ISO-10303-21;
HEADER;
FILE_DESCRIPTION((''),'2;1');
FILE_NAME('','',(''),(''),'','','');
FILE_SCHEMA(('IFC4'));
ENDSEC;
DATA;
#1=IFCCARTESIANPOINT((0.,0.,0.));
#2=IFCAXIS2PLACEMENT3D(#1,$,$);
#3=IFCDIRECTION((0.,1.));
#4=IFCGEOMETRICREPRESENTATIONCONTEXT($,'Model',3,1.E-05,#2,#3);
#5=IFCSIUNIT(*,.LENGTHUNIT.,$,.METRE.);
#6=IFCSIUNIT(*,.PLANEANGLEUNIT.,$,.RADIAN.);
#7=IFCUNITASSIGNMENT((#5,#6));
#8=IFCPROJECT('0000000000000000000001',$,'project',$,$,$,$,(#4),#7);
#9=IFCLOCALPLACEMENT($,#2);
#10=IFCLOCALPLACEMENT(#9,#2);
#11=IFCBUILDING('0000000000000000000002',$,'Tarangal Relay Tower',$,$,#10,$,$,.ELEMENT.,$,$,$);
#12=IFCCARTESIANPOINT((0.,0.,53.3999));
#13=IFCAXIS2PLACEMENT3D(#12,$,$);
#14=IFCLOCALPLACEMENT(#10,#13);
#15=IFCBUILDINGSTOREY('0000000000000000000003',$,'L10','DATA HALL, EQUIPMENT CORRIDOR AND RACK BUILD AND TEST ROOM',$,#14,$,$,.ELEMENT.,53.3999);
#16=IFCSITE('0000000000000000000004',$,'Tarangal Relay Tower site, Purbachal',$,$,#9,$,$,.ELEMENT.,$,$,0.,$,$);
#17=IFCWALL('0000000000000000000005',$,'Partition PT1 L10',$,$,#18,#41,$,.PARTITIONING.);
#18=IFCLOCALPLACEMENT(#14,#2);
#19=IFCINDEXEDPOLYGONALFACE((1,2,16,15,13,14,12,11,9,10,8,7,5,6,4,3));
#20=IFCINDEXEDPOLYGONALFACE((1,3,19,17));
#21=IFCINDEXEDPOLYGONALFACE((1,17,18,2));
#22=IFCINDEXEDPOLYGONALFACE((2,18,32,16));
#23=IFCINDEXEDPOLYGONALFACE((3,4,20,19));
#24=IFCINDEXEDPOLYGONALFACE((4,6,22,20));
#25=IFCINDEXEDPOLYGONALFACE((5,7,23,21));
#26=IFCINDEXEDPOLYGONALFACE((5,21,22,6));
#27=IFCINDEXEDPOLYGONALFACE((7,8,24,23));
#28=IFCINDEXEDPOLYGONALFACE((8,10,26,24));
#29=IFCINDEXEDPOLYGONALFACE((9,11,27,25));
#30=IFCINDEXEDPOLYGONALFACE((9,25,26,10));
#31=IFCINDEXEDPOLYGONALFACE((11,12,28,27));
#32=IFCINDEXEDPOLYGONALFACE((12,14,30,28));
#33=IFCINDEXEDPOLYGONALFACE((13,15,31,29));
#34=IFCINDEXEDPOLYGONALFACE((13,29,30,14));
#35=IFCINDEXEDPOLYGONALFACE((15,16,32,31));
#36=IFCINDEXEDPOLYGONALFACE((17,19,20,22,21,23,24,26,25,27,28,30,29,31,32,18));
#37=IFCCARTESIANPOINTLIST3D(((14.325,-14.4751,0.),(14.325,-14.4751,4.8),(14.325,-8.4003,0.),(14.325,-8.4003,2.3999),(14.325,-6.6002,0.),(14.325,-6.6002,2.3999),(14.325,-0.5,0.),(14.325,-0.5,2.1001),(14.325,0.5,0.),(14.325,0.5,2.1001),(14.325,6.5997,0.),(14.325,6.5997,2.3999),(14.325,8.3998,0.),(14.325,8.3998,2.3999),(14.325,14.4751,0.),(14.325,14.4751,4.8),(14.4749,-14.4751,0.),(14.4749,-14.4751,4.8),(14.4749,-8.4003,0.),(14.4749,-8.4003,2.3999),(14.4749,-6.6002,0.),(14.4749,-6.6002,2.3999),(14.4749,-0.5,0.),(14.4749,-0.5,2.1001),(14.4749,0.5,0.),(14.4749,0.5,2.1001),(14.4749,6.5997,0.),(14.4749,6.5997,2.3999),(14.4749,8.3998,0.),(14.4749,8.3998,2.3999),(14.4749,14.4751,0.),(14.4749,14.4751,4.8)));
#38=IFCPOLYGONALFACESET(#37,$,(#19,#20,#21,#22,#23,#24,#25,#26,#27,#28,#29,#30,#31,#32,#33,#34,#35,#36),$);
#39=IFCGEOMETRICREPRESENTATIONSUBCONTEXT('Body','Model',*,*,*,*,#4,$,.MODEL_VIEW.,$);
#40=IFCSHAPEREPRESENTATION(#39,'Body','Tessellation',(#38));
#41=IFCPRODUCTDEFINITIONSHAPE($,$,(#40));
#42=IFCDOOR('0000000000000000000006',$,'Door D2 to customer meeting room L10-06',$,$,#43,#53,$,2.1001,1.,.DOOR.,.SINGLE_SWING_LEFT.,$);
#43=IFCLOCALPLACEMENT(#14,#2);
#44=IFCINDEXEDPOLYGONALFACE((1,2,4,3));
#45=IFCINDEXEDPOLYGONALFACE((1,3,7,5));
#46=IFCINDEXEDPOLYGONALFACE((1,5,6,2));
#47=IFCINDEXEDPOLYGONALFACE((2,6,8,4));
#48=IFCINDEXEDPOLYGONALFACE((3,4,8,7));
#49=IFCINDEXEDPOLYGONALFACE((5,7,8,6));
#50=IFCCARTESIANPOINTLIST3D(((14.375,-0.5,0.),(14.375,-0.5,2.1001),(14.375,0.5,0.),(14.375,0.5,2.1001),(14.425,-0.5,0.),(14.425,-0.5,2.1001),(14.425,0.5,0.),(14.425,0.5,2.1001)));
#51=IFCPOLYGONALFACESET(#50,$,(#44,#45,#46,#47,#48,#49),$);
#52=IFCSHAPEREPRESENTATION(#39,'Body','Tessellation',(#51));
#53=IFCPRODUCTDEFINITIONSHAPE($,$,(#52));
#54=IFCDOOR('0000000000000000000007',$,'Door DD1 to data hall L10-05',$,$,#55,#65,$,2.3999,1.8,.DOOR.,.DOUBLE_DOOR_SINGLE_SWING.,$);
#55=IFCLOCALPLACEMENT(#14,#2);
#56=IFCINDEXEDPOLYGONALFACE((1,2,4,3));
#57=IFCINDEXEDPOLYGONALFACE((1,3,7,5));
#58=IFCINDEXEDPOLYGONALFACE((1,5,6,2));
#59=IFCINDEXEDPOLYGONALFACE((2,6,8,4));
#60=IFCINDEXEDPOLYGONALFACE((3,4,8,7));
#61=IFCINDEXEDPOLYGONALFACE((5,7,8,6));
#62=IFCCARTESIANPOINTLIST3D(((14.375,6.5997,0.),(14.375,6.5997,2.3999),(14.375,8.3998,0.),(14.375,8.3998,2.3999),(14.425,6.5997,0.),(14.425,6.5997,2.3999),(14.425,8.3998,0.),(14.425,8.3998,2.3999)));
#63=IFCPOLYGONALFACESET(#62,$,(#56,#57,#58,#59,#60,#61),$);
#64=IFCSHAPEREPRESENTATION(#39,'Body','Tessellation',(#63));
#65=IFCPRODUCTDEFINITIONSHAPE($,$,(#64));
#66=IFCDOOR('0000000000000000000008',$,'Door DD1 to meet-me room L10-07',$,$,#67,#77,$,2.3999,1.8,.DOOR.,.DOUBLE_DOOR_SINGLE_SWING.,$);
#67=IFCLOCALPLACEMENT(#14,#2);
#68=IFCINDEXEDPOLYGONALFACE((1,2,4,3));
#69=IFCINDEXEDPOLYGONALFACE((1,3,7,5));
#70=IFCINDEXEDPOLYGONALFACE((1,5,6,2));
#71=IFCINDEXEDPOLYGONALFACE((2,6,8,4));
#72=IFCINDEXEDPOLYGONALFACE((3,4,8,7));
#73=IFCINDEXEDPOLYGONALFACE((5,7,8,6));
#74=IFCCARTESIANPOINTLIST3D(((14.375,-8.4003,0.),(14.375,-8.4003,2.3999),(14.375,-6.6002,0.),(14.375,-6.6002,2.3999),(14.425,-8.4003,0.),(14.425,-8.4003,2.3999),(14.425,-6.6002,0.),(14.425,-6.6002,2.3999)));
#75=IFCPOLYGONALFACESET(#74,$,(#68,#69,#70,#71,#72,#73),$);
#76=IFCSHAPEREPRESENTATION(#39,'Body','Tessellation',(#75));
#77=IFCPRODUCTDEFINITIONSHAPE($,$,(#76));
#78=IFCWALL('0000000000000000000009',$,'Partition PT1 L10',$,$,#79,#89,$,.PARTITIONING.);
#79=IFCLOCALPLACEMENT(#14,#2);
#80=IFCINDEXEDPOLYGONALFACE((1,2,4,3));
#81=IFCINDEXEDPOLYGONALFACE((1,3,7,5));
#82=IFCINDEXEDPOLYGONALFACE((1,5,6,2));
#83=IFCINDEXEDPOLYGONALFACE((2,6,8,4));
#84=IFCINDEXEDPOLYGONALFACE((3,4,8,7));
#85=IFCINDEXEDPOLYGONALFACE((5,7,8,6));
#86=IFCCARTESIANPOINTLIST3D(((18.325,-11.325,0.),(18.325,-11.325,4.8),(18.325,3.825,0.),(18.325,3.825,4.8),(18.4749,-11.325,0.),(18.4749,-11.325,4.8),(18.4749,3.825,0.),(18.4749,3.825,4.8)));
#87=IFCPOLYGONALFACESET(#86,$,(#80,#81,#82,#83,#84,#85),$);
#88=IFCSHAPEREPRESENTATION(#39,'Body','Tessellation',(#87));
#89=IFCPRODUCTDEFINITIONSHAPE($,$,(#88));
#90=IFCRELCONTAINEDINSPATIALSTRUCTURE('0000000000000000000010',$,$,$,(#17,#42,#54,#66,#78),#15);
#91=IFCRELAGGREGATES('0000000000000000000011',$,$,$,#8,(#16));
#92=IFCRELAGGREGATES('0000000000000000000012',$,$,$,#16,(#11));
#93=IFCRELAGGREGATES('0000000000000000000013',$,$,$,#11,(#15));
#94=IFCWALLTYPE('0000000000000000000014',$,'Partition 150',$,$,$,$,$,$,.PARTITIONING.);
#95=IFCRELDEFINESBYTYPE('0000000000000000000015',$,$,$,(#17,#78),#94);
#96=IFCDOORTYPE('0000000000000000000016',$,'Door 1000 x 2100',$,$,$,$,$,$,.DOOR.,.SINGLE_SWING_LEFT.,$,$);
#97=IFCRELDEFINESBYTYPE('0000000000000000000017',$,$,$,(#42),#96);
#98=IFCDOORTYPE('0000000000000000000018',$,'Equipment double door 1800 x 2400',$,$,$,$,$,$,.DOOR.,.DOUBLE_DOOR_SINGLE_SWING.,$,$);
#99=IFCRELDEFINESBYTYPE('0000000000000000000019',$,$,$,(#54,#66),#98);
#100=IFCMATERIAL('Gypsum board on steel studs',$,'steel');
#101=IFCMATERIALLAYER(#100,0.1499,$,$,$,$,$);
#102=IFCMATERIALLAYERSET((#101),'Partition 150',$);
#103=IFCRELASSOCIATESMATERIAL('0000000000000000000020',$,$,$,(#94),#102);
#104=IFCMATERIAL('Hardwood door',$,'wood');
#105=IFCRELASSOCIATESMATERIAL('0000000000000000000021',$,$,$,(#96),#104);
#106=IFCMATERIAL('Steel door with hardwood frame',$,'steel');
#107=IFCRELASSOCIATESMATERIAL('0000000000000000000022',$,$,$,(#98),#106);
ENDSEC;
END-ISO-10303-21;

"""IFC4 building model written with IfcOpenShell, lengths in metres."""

from ifc_helpers import new_model, si_unit, direction, frame, frame_2d, origin, place, context, subcontext, project, spatial, rectangle, extrude, material, layer, layer_set, type_object, element, fill, save


model = new_model("IFC4")

# Units and contexts
model_context = context("Model", 3, precision=1e-05, world=origin(), true_north=direction((0.0, 1.0)))
body_context = subcontext(model_context, "Body", "Model", "MODEL_VIEW")
ifc_project = project(units=[si_unit("LENGTHUNIT", "METRE"), si_unit("PLANEANGLEUNIT", "RADIAN")], contexts=[model_context])

# Site, building, storey
site_placement = place(None, origin())
site = spatial("IfcSite", under=ifc_project, at=site_placement, Name="Tarangal Relay Tower site, Purbachal", CompositionType="ELEMENT", RefElevation=0.0)
building_placement = place(site_placement, origin())
building = spatial("IfcBuilding", under=site, at=building_placement, Name="Tarangal Relay Tower", CompositionType="ELEMENT")
storey_placement = place(building_placement, frame((0.0, 0.0, 53.3999)))
storey = spatial("IfcBuildingStorey", under=building, at=storey_placement, Name="L10", Description="DATA HALL, EQUIPMENT CORRIDOR AND RACK BUILD AND TEST ROOM", CompositionType="ELEMENT", Elevation=53.3999)

# Shared definitions
ifc_material_1 = material(Name="Hardwood door", Category="wood")

# Shared definitions
ifc_material_2 = material(Name="Steel door with hardwood frame", Category="steel")

# Shared definitions
ifc_material_3 = material(Name="Gypsum board on steel studs", Category="steel")
ifc_layer_1 = layer(ifc_material_3, 0.1499)
ifc_layer_set_1 = layer_set([ifc_layer_1], Name="Partition 150")
wall_type_1 = type_object("IfcWallType", Name="Partition 150", PredefinedType="PARTITIONING", material=ifc_layer_set_1)

# Wall, openings, doors
wall_1_placement = place(storey_placement, frame((14.3999, -14.4751, 0.0), z_axis=(0.0, 0.0, 1.0), x_axis=(0.0, 1.0, 0.0)))
wall_1 = element("IfcWall", 1, at=wall_1_placement, inside=storey, type_object=wall_type_1, Name="Partition PT1 L10", PredefinedType="PARTITIONING", context=body_context, shape_type="SweptSolid", body=[
    extrude(rectangle(XDim=28.9502, YDim=0.1499, at=frame_2d((14.4751, 0.0))), origin(), (0.0, 0.0, 1.0), 4.8),
])
opening_1_placement = place(wall_1_placement, frame((21.075, 0.0, 0.0)))
opening_1 = element("IfcOpeningElement", 2, at=opening_1_placement, cuts=wall_1, PredefinedType="OPENING", context=body_context, shape_type="SweptSolid", body=[
    extrude(rectangle(XDim=1.8, YDim=2.3999, at=frame_2d((0.8999, 1.2))), frame((0.0, 0.085, 0.0), z_axis=(0.0, -1.0, 0.0), x_axis=(1.0, 0.0, 0.0)), (0.0, 0.0, 1.0), 0.1699),
])
opening_2_placement = place(wall_1_placement, frame((13.9751, 0.0, 0.0)))
opening_2 = element("IfcOpeningElement", 3, at=opening_2_placement, cuts=wall_1, PredefinedType="OPENING", context=body_context, shape_type="SweptSolid", body=[
    extrude(rectangle(XDim=1.0, YDim=2.1001, at=frame_2d((0.5, 1.05))), frame((0.0, 0.085, 0.0), z_axis=(0.0, -1.0, 0.0), x_axis=(1.0, 0.0, 0.0)), (0.0, 0.0, 1.0), 0.1699),
])
opening_3_placement = place(wall_1_placement, frame((6.075, 0.0, 0.0)))
opening_3 = element("IfcOpeningElement", 4, at=opening_3_placement, cuts=wall_1, PredefinedType="OPENING", context=body_context, shape_type="SweptSolid", body=[
    extrude(rectangle(XDim=1.8, YDim=2.3999, at=frame_2d((0.8999, 1.2))), frame((0.0, 0.085, 0.0), z_axis=(0.0, -1.0, 0.0), x_axis=(1.0, 0.0, 0.0)), (0.0, 0.0, 1.0), 0.1699),
])
door_type_1 = type_object("IfcDoorType", Name="Door 1000 x 2100", OperationType="SINGLE_SWING_LEFT", PredefinedType="DOOR", material=ifc_material_1)
door_1_placement = place(opening_2_placement, origin())
door_1 = element("IfcDoor", 5, at=door_1_placement, inside=storey, type_object=door_type_1, Name="Door D2 to customer meeting room L10-06", OperationType="SINGLE_SWING_LEFT", OverallHeight=2.1001, OverallWidth=1.0, PredefinedType="DOOR", context=body_context, shape_type="SweptSolid", body=[
    extrude(rectangle(XDim=1.0, YDim=2.1001, at=frame_2d((0.5, 1.05))), frame((0.0, 0.0249, 0.0), z_axis=(0.0, -1.0, 0.0), x_axis=(1.0, 0.0, 0.0)), (0.0, 0.0, 1.0), 0.05),
])
fill(opening_2, door_1)
door_type_2 = type_object("IfcDoorType", Name="Equipment double door 1800 x 2400", OperationType="DOUBLE_DOOR_SINGLE_SWING", PredefinedType="DOOR", material=ifc_material_2)
door_2_placement = place(opening_1_placement, origin())
door_2 = element("IfcDoor", 6, at=door_2_placement, inside=storey, type_object=door_type_2, Name="Door DD1 to data hall L10-05", OperationType="DOUBLE_DOOR_SINGLE_SWING", OverallHeight=2.3999, OverallWidth=1.8, PredefinedType="DOOR", context=body_context, shape_type="SweptSolid", body=[
    extrude(rectangle(XDim=1.8, YDim=2.3999, at=frame_2d((0.8999, 1.2))), frame((0.0, 0.0249, 0.0), z_axis=(0.0, -1.0, 0.0), x_axis=(1.0, 0.0, 0.0)), (0.0, 0.0, 1.0), 0.05),
])
fill(opening_1, door_2)
door_3_placement = place(opening_3_placement, origin())
door_3 = element("IfcDoor", 7, at=door_3_placement, inside=storey, type_object=door_type_2, Name="Door DD1 to meet-me room L10-07", OperationType="DOUBLE_DOOR_SINGLE_SWING", OverallHeight=2.3999, OverallWidth=1.8, PredefinedType="DOOR", context=body_context, shape_type="SweptSolid", body=[
    extrude(rectangle(XDim=1.8, YDim=2.3999, at=frame_2d((0.8999, 1.2))), frame((0.0, 0.0249, 0.0), z_axis=(0.0, -1.0, 0.0), x_axis=(1.0, 0.0, 0.0)), (0.0, 0.0, 1.0), 0.05),
])
fill(opening_3, door_3)

# Wall
wall_2_placement = place(storey_placement, frame((18.3999, -11.325, 0.0), z_axis=(0.0, 0.0, 1.0), x_axis=(0.0, 1.0, 0.0)))
element("IfcWall", 8, at=wall_2_placement, inside=storey, type_object=wall_type_1, Name="Partition PT1 L10", PredefinedType="PARTITIONING", context=body_context, shape_type="SweptSolid", body=[
    extrude(rectangle(XDim=15.1499, YDim=0.1499, at=frame_2d((7.575, 0.0))), origin(), (0.0, 0.0, 1.0), 4.8),
])

save(model, "model.ifc")
